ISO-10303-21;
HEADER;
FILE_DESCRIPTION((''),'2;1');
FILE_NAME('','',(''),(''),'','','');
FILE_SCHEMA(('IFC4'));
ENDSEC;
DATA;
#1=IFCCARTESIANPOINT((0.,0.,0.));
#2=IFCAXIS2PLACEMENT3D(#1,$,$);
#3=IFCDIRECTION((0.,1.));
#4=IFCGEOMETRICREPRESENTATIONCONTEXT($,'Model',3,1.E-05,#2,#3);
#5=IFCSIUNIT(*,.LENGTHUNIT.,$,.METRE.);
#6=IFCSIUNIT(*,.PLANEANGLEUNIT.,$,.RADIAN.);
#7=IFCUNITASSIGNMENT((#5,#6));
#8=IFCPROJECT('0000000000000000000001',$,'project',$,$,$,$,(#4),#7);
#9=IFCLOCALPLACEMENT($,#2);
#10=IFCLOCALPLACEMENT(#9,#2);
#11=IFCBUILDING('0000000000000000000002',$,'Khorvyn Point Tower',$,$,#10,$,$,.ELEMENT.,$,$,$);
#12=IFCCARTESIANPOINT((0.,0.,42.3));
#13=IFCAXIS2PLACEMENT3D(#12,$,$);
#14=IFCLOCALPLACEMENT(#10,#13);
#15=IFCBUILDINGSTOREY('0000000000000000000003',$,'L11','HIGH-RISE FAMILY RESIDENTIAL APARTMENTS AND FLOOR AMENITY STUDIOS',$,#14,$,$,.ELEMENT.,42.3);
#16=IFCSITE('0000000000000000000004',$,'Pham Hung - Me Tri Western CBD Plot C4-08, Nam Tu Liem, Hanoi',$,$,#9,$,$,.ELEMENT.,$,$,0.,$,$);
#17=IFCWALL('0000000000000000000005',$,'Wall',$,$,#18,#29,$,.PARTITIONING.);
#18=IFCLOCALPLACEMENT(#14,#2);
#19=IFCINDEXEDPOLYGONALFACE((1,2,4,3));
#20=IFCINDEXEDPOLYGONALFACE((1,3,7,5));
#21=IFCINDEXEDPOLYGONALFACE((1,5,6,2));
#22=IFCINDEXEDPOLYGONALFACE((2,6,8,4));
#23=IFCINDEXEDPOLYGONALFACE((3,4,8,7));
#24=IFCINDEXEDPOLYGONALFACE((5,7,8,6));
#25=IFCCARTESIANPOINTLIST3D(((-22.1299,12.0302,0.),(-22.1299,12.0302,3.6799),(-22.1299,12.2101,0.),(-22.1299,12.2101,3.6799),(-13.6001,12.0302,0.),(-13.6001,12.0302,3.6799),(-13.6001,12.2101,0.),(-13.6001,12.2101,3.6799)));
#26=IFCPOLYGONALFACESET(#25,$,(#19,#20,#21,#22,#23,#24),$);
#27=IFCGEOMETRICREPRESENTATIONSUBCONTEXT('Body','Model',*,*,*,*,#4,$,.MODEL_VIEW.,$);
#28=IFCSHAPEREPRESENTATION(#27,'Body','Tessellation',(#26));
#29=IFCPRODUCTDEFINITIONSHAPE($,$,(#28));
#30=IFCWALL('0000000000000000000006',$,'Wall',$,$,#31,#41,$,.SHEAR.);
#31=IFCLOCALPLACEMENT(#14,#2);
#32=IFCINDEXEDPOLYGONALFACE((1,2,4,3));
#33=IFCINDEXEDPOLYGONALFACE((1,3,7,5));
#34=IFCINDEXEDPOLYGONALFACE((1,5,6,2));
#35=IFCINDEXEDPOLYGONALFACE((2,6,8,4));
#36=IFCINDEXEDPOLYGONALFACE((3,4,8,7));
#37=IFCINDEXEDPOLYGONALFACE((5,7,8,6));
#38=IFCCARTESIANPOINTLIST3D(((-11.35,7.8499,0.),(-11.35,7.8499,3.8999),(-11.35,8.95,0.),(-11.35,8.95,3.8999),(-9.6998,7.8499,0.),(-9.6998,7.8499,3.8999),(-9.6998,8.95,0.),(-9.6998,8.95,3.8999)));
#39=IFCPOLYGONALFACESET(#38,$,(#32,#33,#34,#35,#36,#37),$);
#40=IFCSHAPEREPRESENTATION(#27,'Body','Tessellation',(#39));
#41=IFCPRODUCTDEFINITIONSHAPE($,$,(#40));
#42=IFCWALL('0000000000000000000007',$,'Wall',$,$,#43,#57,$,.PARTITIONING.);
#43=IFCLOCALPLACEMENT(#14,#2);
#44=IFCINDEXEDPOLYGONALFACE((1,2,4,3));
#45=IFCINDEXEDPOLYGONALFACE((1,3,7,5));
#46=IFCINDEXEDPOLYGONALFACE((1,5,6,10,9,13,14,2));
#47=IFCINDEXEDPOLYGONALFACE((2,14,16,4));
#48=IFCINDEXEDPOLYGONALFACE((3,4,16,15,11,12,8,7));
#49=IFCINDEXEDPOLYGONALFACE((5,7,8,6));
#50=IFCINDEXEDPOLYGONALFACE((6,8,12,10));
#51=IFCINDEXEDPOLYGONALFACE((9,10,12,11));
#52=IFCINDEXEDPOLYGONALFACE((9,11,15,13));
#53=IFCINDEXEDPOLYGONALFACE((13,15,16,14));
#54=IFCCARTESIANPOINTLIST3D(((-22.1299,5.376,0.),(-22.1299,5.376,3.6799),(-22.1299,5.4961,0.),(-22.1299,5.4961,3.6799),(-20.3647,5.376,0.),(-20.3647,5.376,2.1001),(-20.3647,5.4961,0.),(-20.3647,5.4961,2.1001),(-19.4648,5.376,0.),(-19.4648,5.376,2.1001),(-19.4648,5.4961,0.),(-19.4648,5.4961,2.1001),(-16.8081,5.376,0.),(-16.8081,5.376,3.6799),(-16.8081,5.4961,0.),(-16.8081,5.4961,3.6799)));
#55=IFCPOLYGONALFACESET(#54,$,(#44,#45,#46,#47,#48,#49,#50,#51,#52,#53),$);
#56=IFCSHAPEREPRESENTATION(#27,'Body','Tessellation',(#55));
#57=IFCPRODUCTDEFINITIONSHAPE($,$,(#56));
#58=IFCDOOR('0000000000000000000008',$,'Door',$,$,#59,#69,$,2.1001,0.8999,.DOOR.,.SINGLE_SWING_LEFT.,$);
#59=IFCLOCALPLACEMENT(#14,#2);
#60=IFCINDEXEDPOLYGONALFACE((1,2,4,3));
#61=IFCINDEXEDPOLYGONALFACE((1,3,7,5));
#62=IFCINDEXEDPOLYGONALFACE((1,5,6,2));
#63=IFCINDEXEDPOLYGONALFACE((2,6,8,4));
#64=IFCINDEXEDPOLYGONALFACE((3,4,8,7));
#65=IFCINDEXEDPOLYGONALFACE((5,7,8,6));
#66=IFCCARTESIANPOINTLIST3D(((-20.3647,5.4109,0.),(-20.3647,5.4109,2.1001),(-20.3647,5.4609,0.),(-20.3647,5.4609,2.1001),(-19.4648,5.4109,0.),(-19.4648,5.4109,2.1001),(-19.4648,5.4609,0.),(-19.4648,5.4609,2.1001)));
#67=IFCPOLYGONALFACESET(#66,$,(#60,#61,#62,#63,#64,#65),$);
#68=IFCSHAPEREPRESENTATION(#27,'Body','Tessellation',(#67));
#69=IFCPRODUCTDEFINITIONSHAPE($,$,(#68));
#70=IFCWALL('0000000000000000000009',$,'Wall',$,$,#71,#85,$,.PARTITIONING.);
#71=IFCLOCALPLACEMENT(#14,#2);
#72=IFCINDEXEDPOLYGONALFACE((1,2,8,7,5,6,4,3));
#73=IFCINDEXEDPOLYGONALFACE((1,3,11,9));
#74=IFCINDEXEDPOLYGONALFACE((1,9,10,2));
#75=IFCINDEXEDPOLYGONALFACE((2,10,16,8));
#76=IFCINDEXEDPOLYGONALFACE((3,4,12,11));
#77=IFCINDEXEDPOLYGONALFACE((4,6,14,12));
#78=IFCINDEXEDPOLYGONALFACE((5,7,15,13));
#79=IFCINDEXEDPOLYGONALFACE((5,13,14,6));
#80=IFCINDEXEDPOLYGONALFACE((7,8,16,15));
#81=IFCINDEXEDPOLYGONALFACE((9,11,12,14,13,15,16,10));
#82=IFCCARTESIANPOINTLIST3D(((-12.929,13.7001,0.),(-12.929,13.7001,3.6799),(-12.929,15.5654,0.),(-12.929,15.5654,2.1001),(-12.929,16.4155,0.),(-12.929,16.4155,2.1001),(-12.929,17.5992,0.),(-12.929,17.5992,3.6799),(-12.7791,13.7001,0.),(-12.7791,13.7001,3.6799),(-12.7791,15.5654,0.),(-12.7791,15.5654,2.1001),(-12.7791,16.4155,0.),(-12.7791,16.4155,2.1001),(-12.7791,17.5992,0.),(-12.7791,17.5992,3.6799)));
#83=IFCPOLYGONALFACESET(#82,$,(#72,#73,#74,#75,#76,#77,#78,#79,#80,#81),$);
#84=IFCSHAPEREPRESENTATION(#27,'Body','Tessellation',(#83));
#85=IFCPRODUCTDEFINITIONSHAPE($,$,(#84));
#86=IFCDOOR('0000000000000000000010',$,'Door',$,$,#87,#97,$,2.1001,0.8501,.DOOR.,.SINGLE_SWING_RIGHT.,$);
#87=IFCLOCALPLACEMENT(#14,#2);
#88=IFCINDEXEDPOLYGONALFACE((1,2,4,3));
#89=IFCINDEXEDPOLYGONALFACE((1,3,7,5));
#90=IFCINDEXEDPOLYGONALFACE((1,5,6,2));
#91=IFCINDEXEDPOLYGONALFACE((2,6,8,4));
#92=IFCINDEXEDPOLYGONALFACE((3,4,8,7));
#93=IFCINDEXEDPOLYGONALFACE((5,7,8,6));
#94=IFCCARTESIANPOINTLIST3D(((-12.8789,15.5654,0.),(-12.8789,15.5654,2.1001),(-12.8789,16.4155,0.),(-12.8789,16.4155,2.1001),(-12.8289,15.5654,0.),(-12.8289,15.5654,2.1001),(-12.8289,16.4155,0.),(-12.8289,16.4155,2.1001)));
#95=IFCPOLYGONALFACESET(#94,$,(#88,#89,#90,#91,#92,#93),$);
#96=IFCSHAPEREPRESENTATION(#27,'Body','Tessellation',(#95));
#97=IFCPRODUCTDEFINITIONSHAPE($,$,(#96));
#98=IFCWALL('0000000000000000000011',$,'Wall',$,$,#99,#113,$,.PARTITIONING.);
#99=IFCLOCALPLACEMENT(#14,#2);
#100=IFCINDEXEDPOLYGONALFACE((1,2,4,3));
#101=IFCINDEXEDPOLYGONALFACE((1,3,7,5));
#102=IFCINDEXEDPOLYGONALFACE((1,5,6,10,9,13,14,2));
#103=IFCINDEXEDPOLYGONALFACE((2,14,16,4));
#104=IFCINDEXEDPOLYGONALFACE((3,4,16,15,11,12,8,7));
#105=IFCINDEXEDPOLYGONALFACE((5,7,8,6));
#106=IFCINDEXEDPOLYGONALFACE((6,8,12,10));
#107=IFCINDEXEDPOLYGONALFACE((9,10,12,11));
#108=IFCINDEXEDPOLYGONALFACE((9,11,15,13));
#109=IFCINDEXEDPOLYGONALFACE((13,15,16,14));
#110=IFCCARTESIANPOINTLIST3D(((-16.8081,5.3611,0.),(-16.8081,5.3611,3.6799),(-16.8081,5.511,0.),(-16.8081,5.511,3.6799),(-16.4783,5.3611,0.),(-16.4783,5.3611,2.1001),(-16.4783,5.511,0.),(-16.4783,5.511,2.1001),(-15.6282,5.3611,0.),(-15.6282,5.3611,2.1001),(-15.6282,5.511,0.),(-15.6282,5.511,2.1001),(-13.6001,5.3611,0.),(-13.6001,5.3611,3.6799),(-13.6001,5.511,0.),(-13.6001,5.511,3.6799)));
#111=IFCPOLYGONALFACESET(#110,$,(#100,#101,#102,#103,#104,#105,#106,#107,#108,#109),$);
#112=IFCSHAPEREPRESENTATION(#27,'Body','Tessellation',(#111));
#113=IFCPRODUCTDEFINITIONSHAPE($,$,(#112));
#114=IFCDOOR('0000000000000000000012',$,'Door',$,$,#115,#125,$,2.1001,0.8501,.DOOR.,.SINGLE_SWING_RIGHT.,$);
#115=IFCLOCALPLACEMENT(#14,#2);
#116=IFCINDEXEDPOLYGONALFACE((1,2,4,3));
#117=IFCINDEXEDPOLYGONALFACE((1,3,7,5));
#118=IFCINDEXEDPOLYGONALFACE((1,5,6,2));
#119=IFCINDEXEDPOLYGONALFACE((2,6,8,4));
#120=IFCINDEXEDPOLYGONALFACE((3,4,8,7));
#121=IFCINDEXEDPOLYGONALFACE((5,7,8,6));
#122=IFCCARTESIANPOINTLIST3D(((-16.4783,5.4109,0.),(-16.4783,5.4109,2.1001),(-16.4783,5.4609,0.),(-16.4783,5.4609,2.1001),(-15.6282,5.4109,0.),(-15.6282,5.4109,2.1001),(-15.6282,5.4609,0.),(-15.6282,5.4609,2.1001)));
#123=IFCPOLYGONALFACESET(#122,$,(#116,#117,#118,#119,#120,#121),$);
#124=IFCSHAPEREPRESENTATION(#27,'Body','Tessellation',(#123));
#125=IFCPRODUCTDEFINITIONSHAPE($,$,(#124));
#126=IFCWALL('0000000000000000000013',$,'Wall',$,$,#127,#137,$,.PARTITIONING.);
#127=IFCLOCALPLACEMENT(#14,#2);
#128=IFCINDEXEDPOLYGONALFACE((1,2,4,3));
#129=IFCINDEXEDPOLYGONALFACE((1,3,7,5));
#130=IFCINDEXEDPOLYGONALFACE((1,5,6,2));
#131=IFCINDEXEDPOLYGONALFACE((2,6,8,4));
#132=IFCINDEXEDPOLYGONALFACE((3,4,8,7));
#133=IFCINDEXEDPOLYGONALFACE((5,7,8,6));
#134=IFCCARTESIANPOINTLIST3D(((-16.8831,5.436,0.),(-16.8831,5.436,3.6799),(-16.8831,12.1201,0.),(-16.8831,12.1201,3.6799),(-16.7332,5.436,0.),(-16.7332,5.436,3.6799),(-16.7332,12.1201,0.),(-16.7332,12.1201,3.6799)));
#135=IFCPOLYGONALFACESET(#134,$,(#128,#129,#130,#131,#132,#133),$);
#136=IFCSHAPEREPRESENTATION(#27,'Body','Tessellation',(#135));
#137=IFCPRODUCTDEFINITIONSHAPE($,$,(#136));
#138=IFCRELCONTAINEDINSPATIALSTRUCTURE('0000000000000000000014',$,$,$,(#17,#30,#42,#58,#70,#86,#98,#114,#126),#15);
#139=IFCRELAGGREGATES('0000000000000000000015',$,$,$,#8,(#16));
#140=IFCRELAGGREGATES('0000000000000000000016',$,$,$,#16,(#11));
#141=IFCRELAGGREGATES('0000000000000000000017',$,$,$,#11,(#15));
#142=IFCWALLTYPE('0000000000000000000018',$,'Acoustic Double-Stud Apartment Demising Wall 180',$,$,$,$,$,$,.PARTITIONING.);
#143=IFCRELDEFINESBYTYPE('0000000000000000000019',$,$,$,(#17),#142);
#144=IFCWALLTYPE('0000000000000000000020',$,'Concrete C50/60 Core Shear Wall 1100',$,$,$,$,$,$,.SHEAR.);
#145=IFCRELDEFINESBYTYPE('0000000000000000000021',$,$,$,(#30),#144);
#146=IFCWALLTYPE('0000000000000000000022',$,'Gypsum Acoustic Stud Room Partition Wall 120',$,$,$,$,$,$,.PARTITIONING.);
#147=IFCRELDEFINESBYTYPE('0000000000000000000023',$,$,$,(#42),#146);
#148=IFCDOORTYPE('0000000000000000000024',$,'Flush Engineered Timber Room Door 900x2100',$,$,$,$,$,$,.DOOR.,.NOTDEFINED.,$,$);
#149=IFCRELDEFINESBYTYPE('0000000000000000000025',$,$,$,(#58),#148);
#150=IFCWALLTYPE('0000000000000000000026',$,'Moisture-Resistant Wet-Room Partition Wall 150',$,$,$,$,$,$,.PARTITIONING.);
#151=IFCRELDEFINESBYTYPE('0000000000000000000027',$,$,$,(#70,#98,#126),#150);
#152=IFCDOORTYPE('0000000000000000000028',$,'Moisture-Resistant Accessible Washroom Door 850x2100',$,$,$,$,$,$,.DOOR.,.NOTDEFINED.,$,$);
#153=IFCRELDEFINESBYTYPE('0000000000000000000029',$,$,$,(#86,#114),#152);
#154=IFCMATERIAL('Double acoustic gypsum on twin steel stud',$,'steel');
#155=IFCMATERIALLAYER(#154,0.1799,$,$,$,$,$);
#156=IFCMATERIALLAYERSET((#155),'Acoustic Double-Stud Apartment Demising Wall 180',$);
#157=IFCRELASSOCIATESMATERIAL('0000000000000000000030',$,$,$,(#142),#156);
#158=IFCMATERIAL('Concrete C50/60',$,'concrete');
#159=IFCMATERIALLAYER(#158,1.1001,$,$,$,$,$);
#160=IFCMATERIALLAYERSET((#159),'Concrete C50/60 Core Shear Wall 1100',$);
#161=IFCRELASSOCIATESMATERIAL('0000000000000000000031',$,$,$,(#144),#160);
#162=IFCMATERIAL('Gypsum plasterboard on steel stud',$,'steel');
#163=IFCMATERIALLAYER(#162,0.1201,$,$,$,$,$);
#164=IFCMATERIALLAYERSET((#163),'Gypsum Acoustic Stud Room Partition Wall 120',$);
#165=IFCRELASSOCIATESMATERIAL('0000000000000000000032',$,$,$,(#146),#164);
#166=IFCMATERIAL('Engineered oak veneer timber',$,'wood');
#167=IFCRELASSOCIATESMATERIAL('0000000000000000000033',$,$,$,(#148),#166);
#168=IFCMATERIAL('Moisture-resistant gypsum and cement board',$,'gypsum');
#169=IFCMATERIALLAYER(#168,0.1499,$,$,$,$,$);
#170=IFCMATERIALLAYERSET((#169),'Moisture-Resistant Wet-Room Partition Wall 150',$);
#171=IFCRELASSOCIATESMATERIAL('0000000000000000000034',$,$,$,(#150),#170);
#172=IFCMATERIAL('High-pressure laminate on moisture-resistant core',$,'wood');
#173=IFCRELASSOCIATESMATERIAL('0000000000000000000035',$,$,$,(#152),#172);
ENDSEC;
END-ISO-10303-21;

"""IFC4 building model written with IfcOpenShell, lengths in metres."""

from ifc_helpers import new_model, si_unit, direction, frame, frame_2d, origin, place, context, subcontext, project, spatial, rectangle, extrude, material, layer, layer_set, type_object, element, fill, save


model = new_model("IFC4")

# Units and contexts
model_context = context("Model", 3, precision=1e-05, world=origin(), true_north=direction((0.0, 1.0)))
body_context = subcontext(model_context, "Body", "Model", "MODEL_VIEW")
ifc_project = project(units=[si_unit("LENGTHUNIT", "METRE"), si_unit("PLANEANGLEUNIT", "RADIAN")], contexts=[model_context])

# Site, building, storey
site_placement = place(None, origin())
site = spatial("IfcSite", under=ifc_project, at=site_placement, Name="Pham Hung - Me Tri Western CBD Plot C4-08, Nam Tu Liem, Hanoi", CompositionType="ELEMENT", RefElevation=0.0)
building_placement = place(site_placement, origin())
building = spatial("IfcBuilding", under=site, at=building_placement, Name="Khorvyn Point Tower", CompositionType="ELEMENT")
storey_placement = place(building_placement, frame((0.0, 0.0, 42.3)))
storey = spatial("IfcBuildingStorey", under=building, at=storey_placement, Name="L11", Description="HIGH-RISE FAMILY RESIDENTIAL APARTMENTS AND FLOOR AMENITY STUDIOS", CompositionType="ELEMENT", Elevation=42.3)

# Shared definitions
ifc_material_1 = material(Name="Concrete C50/60", Category="concrete")

# Shared definitions
ifc_material_2 = material(Name="Double acoustic gypsum on twin steel stud", Category="steel")
ifc_layer_1 = layer(ifc_material_2, 0.1799)
ifc_layer_set_1 = layer_set([ifc_layer_1], Name="Acoustic Double-Stud Apartment Demising Wall 180")
wall_type_1 = type_object("IfcWallType", Name="Acoustic Double-Stud Apartment Demising Wall 180", PredefinedType="PARTITIONING", material=ifc_layer_set_1)

# Wall
wall_1_placement = place(storey_placement, frame((-22.1299, 12.1201, 0.0), z_axis=(0.0, 0.0, 1.0), x_axis=(1.0, 0.0, 0.0)))
element("IfcWall", 1, at=wall_1_placement, inside=storey, type_object=wall_type_1, Name="Wall", PredefinedType="PARTITIONING", context=body_context, shape_type="SweptSolid", body=[
    extrude(rectangle(XDim=8.5298, YDim=0.1799, at=frame_2d((4.2649, 0.0))), origin(), (0.0, 0.0, 1.0), 3.6799),
])

# Wall
ifc_layer_2 = layer(ifc_material_1, 1.1001)
ifc_layer_set_2 = layer_set([ifc_layer_2], Name="Concrete C50/60 Core Shear Wall 1100")
wall_type_2 = type_object("IfcWallType", Name="Concrete C50/60 Core Shear Wall 1100", PredefinedType="SHEAR", material=ifc_layer_set_2)
wall_2_placement = place(storey_placement, frame((-11.3501, 8.3999, 0.0), z_axis=(0.0, 0.0, 1.0), x_axis=(1.0, 0.0, 0.0)))
element("IfcWall", 2, at=wall_2_placement, inside=storey, type_object=wall_type_2, Name="Wall", PredefinedType="SHEAR", context=body_context, shape_type="SweptSolid", body=[
    extrude(rectangle(XDim=1.6501, YDim=1.1001, at=frame_2d((0.8252, 0.0))), origin(), (0.0, 0.0, 1.0), 3.8999),
])

# Walls, openings, doors
ifc_material_3 = material(Name="Gypsum plasterboard on steel stud", Category="steel")
ifc_layer_3 = layer(ifc_material_3, 0.1201)
ifc_layer_set_3 = layer_set([ifc_layer_3], Name="Gypsum Acoustic Stud Room Partition Wall 120")
wall_type_3 = type_object("IfcWallType", Name="Gypsum Acoustic Stud Room Partition Wall 120", PredefinedType="PARTITIONING", material=ifc_layer_set_3)
wall_3_placement = place(storey_placement, frame((-22.1299, 5.436, 0.0), z_axis=(0.0, 0.0, 1.0), x_axis=(1.0, 0.0, 0.0)))
wall_3 = element("IfcWall", 3, at=wall_3_placement, inside=storey, type_object=wall_type_3, Name="Wall", PredefinedType="PARTITIONING", context=body_context, shape_type="SweptSolid", body=[
    extrude(rectangle(XDim=5.3218, YDim=0.1201, at=frame_2d((2.6609, 0.0))), origin(), (0.0, 0.0, 1.0), 3.6799),
])
opening_1_placement = place(wall_3_placement, frame((1.7651, 0.0, 0.0)))
opening_1 = element("IfcOpeningElement", 4, at=opening_1_placement, cuts=wall_3, PredefinedType="OPENING", context=body_context, shape_type="SweptSolid", body=[
    extrude(rectangle(XDim=0.8999, YDim=2.1001, at=frame_2d((0.45, 1.05))), frame((0.0, 0.0701, 0.0), z_axis=(0.0, -1.0, 0.0), x_axis=(1.0, 0.0, 0.0)), (0.0, 0.0, 1.0), 0.1401),
])
ifc_material_4 = material(Name="Engineered oak veneer timber", Category="wood")
door_type_1 = type_object("IfcDoorType", Name="Flush Engineered Timber Room Door 900x2100", OperationType="NOTDEFINED", PredefinedType="DOOR", material=ifc_material_4)
door_1_placement = place(opening_1_placement, origin())
door_1 = element("IfcDoor", 5, at=door_1_placement, inside=storey, type_object=door_type_1, Name="Door", OperationType="SINGLE_SWING_LEFT", OverallHeight=2.1001, OverallWidth=0.8999, PredefinedType="DOOR", context=body_context, shape_type="SweptSolid", body=[
    extrude(rectangle(XDim=0.8999, YDim=2.1001, at=frame_2d((0.45, 1.05))), frame((0.0, 0.0249, 0.0), z_axis=(0.0, -1.0, 0.0), x_axis=(1.0, 0.0, 0.0)), (0.0, 0.0, 1.0), 0.05),
])
fill(opening_1, door_1)
ifc_material_5 = material(Name="Moisture-resistant gypsum and cement board", Category="gypsum")
ifc_layer_4 = layer(ifc_material_5, 0.1499)
ifc_layer_set_4 = layer_set([ifc_layer_4], Name="Moisture-Resistant Wet-Room Partition Wall 150")
wall_type_4 = type_object("IfcWallType", Name="Moisture-Resistant Wet-Room Partition Wall 150", PredefinedType="PARTITIONING", material=ifc_layer_set_4)
wall_4_placement = place(storey_placement, frame((-12.854, 13.7, 0.0), z_axis=(0.0, 0.0, 1.0), x_axis=(0.0, 1.0, 0.0)))
wall_4 = element("IfcWall", 6, at=wall_4_placement, inside=storey, type_object=wall_type_4, Name="Wall", PredefinedType="PARTITIONING", context=body_context, shape_type="SweptSolid", body=[
    extrude(rectangle(XDim=3.8992, YDim=0.1499, at=frame_2d((1.9497, 0.0))), origin(), (0.0, 0.0, 1.0), 3.6799),
])
opening_2_placement = place(wall_4_placement, frame((1.8655, 0.0, 0.0)))
opening_2 = element("IfcOpeningElement", 7, at=opening_2_placement, cuts=wall_4, PredefinedType="OPENING", context=body_context, shape_type="SweptSolid", body=[
    extrude(rectangle(XDim=0.8501, YDim=2.1001, at=frame_2d((0.425, 1.05))), frame((0.0, 0.085, 0.0), z_axis=(0.0, -1.0, 0.0), x_axis=(1.0, 0.0, 0.0)), (0.0, 0.0, 1.0), 0.1699),
])
ifc_material_6 = material(Name="High-pressure laminate on moisture-resistant core", Category="wood")
door_type_2 = type_object("IfcDoorType", Name="Moisture-Resistant Accessible Washroom Door 850x2100", OperationType="NOTDEFINED", PredefinedType="DOOR", material=ifc_material_6)
door_2_placement = place(opening_2_placement, origin())
door_2 = element("IfcDoor", 8, at=door_2_placement, inside=storey, type_object=door_type_2, Name="Door", OperationType="SINGLE_SWING_RIGHT", OverallHeight=2.1001, OverallWidth=0.8501, PredefinedType="DOOR", context=body_context, shape_type="SweptSolid", body=[
    extrude(rectangle(XDim=0.8501, YDim=2.1001, at=frame_2d((0.425, 1.05))), frame((0.0, 0.0249, 0.0), z_axis=(0.0, -1.0, 0.0), x_axis=(1.0, 0.0, 0.0)), (0.0, 0.0, 1.0), 0.05),
])
fill(opening_2, door_2)
wall_5_placement = place(storey_placement, frame((-16.8081, 5.436, 0.0), z_axis=(0.0, 0.0, 1.0), x_axis=(1.0, 0.0, 0.0)))
wall_5 = element("IfcWall", 9, at=wall_5_placement, inside=storey, type_object=wall_type_4, Name="Wall", PredefinedType="PARTITIONING", context=body_context, shape_type="SweptSolid", body=[
    extrude(rectangle(XDim=3.208, YDim=0.1499, at=frame_2d((1.604, 0.0))), origin(), (0.0, 0.0, 1.0), 3.6799),
])
opening_3_placement = place(wall_5_placement, frame((0.3298, 0.0, 0.0)))
opening_3 = element("IfcOpeningElement", 10, at=opening_3_placement, cuts=wall_5, PredefinedType="OPENING", context=body_context, shape_type="SweptSolid", body=[
    extrude(rectangle(XDim=0.8501, YDim=2.1001, at=frame_2d((0.425, 1.05))), frame((0.0, 0.085, 0.0), z_axis=(0.0, -1.0, 0.0), x_axis=(1.0, 0.0, 0.0)), (0.0, 0.0, 1.0), 0.1699),
])
door_3_placement = place(opening_3_placement, origin())
door_3 = element("IfcDoor", 11, at=door_3_placement, inside=storey, type_object=door_type_2, Name="Door", OperationType="SINGLE_SWING_RIGHT", OverallHeight=2.1001, OverallWidth=0.8501, PredefinedType="DOOR", context=body_context, shape_type="SweptSolid", body=[
    extrude(rectangle(XDim=0.8501, YDim=2.1001, at=frame_2d((0.425, 1.05))), frame((0.0, 0.0249, 0.0), z_axis=(0.0, -1.0, 0.0), x_axis=(1.0, 0.0, 0.0)), (0.0, 0.0, 1.0), 0.05),
])
fill(opening_3, door_3)

# Wall
wall_6_placement = place(storey_placement, frame((-16.8081, 5.436, 0.0), z_axis=(0.0, 0.0, 1.0), x_axis=(0.0, 1.0, 0.0)))
element("IfcWall", 12, at=wall_6_placement, inside=storey, type_object=wall_type_4, Name="Wall", PredefinedType="PARTITIONING", context=body_context, shape_type="SweptSolid", body=[
    extrude(rectangle(XDim=6.6841, YDim=0.1499, at=frame_2d((3.342, 0.0))), origin(), (0.0, 0.0, 1.0), 3.6799),
])

save(model, "model.ifc")
